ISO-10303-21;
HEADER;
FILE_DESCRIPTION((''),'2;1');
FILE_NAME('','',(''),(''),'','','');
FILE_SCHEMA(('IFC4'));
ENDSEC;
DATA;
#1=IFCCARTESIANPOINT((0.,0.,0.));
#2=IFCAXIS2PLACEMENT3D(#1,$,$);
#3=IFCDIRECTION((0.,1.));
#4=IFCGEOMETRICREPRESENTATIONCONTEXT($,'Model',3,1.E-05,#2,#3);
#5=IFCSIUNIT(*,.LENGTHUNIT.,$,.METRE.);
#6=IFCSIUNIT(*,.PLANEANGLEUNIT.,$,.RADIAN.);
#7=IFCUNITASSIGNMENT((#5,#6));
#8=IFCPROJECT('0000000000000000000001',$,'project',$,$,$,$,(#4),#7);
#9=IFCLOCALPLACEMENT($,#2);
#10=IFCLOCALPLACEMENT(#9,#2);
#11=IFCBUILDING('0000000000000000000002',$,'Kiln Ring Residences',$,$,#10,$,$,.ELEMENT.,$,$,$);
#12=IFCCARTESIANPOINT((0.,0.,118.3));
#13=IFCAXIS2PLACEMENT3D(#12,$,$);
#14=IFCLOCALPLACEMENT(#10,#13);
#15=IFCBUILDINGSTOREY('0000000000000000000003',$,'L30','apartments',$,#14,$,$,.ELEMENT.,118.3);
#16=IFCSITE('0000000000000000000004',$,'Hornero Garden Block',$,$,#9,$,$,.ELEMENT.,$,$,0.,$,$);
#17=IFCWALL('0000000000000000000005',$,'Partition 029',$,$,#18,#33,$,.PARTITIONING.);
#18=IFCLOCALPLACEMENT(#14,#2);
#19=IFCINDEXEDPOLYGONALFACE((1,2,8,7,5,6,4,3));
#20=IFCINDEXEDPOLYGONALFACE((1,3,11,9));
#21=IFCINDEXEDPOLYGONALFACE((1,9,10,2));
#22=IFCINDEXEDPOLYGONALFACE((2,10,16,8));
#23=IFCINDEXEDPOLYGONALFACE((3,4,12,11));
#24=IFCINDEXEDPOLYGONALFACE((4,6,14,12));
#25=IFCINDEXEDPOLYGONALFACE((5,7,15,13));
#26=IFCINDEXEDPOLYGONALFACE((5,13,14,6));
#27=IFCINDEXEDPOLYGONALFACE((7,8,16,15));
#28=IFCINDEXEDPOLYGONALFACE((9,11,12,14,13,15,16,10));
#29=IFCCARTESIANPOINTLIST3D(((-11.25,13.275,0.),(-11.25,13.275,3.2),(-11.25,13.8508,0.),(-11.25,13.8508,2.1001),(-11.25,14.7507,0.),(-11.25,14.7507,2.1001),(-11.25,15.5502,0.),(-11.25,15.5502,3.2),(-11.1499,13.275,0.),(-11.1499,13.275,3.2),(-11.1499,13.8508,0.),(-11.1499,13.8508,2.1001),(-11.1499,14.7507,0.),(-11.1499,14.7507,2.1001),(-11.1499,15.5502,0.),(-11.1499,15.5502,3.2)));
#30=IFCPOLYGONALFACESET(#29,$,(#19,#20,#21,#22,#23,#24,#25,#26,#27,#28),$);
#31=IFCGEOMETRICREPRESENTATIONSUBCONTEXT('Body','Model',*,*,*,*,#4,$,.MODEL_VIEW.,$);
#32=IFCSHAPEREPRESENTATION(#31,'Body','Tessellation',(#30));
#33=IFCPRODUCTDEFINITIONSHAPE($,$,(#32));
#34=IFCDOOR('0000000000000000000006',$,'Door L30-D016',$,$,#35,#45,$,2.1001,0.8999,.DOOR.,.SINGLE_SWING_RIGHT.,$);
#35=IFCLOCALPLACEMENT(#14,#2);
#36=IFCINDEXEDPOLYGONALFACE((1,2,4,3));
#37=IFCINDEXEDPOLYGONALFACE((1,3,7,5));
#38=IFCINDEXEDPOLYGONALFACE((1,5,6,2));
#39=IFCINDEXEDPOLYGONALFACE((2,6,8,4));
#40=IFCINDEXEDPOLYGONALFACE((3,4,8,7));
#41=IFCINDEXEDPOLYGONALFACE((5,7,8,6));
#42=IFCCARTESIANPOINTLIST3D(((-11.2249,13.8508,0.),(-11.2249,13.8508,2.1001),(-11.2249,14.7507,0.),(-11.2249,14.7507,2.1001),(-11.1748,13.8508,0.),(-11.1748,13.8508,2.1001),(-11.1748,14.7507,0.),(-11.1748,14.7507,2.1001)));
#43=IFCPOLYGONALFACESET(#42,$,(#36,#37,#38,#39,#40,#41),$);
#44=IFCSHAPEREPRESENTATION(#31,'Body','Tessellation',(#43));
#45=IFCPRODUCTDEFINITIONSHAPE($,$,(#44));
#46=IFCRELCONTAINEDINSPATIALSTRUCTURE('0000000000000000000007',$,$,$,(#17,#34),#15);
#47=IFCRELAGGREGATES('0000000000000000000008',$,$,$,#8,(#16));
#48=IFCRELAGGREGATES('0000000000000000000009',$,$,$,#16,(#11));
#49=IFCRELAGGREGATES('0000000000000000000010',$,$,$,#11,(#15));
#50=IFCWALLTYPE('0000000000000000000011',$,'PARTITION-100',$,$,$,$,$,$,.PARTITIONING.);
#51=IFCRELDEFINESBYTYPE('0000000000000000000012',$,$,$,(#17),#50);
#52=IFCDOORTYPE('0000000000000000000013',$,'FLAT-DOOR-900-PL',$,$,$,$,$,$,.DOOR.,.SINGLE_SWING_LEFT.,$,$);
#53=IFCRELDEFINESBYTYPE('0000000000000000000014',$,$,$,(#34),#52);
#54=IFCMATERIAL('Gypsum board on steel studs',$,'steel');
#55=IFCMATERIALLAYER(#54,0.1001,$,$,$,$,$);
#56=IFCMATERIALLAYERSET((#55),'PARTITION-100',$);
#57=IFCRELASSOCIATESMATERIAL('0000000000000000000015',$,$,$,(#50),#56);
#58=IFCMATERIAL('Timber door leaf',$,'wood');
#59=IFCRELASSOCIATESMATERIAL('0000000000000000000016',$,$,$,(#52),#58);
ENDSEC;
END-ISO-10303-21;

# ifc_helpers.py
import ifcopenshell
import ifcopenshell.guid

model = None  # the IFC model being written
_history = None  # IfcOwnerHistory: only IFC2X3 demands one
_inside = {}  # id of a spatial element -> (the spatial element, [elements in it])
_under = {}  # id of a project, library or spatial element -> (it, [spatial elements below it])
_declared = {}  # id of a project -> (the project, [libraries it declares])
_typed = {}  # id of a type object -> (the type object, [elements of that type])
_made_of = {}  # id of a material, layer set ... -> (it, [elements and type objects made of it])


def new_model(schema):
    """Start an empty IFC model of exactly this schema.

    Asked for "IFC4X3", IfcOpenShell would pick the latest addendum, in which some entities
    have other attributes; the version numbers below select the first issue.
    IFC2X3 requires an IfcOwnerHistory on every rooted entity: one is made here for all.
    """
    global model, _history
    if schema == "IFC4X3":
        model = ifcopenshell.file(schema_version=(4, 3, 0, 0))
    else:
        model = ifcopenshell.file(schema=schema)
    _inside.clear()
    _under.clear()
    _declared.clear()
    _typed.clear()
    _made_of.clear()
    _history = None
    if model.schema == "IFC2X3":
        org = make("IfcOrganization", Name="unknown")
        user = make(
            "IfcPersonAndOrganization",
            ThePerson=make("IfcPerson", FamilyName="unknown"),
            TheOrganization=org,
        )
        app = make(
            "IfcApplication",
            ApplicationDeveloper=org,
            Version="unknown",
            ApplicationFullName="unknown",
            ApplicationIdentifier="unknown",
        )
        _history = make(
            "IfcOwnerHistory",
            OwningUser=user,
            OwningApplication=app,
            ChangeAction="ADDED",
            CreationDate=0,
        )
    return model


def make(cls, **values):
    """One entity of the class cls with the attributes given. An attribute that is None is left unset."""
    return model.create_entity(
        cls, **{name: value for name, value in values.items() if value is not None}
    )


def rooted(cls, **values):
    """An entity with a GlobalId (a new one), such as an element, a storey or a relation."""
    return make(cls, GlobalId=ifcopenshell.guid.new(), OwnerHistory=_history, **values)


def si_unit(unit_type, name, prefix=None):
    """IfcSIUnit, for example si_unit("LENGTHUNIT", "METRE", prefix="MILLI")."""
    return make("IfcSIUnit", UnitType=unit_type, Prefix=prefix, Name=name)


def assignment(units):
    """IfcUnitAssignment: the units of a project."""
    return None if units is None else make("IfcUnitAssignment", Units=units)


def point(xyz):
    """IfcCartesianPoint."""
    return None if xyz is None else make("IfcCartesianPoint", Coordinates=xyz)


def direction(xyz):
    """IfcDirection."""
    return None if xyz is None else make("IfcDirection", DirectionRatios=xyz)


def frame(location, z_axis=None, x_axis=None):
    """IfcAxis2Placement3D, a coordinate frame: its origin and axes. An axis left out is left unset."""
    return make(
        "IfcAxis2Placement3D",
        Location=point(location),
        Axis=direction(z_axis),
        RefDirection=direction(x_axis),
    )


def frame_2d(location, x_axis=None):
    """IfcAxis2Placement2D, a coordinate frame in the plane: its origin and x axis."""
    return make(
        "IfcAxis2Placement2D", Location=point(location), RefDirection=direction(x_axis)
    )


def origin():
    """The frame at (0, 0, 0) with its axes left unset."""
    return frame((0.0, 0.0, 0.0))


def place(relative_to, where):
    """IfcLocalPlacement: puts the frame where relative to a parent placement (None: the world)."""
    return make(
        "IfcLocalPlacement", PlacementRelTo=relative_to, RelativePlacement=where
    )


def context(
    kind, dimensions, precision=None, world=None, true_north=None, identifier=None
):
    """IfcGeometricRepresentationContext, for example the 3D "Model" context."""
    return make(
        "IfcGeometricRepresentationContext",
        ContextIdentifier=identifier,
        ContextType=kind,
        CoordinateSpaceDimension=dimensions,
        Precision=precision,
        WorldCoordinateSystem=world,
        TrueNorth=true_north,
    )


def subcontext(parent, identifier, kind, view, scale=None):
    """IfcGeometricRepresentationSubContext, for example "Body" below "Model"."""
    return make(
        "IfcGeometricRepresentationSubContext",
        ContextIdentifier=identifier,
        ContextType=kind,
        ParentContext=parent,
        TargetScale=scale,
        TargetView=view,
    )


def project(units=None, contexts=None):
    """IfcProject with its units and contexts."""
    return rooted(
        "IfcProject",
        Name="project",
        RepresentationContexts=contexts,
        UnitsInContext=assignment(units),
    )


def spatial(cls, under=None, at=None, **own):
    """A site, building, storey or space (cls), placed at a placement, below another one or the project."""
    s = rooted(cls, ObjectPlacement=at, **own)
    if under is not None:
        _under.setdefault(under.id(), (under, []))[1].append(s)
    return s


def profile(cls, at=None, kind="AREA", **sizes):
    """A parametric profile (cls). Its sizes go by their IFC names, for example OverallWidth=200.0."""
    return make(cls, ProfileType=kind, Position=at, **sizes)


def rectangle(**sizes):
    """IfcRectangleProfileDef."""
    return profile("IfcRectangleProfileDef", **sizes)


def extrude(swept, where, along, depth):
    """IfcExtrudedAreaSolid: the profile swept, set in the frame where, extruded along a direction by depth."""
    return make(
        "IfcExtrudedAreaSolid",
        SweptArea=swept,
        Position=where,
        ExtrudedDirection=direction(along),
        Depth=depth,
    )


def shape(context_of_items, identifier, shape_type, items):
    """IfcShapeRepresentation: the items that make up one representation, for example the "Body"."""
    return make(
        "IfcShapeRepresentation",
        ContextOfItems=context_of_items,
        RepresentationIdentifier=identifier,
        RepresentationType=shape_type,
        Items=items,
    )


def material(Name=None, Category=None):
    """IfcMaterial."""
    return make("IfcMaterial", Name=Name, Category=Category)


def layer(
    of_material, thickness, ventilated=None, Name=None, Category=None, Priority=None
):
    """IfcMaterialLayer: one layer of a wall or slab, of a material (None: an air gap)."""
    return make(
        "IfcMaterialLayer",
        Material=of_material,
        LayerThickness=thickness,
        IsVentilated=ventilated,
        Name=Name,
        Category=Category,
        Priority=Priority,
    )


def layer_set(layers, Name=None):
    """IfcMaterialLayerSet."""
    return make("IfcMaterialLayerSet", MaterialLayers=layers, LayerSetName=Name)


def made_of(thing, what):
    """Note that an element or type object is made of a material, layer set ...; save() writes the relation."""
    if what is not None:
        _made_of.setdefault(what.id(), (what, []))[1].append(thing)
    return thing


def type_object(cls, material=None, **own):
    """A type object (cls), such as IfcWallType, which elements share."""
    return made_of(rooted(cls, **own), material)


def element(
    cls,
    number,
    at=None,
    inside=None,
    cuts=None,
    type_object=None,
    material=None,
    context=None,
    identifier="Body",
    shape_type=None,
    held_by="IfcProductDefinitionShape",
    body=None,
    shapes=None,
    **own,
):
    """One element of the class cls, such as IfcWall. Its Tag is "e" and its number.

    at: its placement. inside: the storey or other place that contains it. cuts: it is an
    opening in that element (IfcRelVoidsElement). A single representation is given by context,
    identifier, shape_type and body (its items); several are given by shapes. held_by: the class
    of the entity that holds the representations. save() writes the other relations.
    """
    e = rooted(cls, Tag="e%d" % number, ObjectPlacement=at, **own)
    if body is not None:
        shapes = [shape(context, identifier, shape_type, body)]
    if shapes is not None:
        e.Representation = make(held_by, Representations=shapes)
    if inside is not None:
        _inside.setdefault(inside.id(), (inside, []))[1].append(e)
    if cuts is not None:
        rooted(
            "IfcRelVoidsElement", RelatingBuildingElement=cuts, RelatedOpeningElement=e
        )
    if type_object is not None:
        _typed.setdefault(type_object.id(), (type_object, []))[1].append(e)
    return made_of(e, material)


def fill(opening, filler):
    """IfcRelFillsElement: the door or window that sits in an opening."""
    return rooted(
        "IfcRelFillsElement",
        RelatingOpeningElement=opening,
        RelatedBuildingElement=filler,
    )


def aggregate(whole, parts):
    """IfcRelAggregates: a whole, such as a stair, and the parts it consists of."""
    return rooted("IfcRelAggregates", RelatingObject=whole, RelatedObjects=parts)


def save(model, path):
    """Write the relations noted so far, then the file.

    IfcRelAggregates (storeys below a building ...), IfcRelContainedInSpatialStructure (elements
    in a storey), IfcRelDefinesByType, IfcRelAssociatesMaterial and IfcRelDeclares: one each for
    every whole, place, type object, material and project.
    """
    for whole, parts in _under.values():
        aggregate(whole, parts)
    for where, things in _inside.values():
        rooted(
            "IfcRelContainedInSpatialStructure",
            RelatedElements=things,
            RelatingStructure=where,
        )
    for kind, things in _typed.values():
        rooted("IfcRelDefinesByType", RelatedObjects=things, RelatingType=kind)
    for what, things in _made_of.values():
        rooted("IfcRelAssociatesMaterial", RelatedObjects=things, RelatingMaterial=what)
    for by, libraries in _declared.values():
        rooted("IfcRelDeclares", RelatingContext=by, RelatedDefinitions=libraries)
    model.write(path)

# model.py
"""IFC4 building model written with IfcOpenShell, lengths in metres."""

from ifc_helpers import new_model, si_unit, direction, frame, frame_2d, origin, place, context, subcontext, project, spatial, rectangle, extrude, material, layer, layer_set, type_object, element, fill, save


model = new_model("IFC4")

# Units and contexts
model_context = context("Model", 3, precision=1e-05, world=origin(), true_north=direction((0.0, 1.0)))
body_context = subcontext(model_context, "Body", "Model", "MODEL_VIEW")
ifc_project = project(units=[si_unit("LENGTHUNIT", "METRE"), si_unit("PLANEANGLEUNIT", "RADIAN")], contexts=[model_context])

# Site, building, storey
site_placement = place(None, origin())
site = spatial("IfcSite", under=ifc_project, at=site_placement, Name="Hornero Garden Block", CompositionType="ELEMENT", RefElevation=0.0)
building_placement = place(site_placement, origin())
building = spatial("IfcBuilding", under=site, at=building_placement, Name="Kiln Ring Residences", CompositionType="ELEMENT")
storey_placement = place(building_placement, frame((0.0, 0.0, 118.3)))
storey = spatial("IfcBuildingStorey", under=building, at=storey_placement, Name="L30", Description="apartments", CompositionType="ELEMENT", Elevation=118.3)

# Shared definitions
ifc_material_1 = material(Name="Gypsum board on steel studs", Category="steel")
ifc_layer_1 = layer(ifc_material_1, 0.1001)
ifc_layer_set_1 = layer_set([ifc_layer_1], Name="PARTITION-100")
wall_type_1 = type_object("IfcWallType", Name="PARTITION-100", PredefinedType="PARTITIONING", material=ifc_layer_set_1)

# Wall, opening, door
wall_1_placement = place(storey_placement, frame((-11.2, 13.2749, 0.0), z_axis=(0.0, 0.0, 1.0), x_axis=(0.0, 1.0, 0.0)))
wall_1 = element("IfcWall", 1, at=wall_1_placement, inside=storey, type_object=wall_type_1, Name="Partition 029", PredefinedType="PARTITIONING", context=body_context, shape_type="SweptSolid", body=[
    extrude(rectangle(XDim=2.2751, YDim=0.1001, at=frame_2d((1.1377, 0.0))), origin(), (0.0, 0.0, 1.0), 3.2),
])
opening_1_placement = place(wall_1_placement, frame((0.5759, 0.0, 0.0)))
opening_1 = element("IfcOpeningElement", 2, at=opening_1_placement, cuts=wall_1, PredefinedType="OPENING", context=body_context, shape_type="SweptSolid", body=[
    extrude(rectangle(XDim=0.8999, YDim=2.1001, at=frame_2d((0.45, 1.05))), frame((0.0, 0.0601, 0.0), z_axis=(0.0, -1.0, 0.0), x_axis=(1.0, 0.0, 0.0)), (0.0, 0.0, 1.0), 0.1201),
])
ifc_material_2 = material(Name="Timber door leaf", Category="wood")
door_type = type_object("IfcDoorType", Name="FLAT-DOOR-900-PL", OperationType="SINGLE_SWING_LEFT", PredefinedType="DOOR", material=ifc_material_2)
door_placement = place(opening_1_placement, origin())
door = element("IfcDoor", 3, at=door_placement, inside=storey, type_object=door_type, Name="Door L30-D016", OperationType="SINGLE_SWING_RIGHT", OverallHeight=2.1001, OverallWidth=0.8999, PredefinedType="DOOR", context=body_context, shape_type="SweptSolid", body=[
    extrude(rectangle(XDim=0.8999, YDim=2.1001, at=frame_2d((0.45, 1.05))), frame((0.0, 0.0249, 0.0), z_axis=(0.0, -1.0, 0.0), x_axis=(1.0, 0.0, 0.0)), (0.0, 0.0, 1.0), 0.05),
])
fill(opening_1, door)

save(model, "model.ifc")
